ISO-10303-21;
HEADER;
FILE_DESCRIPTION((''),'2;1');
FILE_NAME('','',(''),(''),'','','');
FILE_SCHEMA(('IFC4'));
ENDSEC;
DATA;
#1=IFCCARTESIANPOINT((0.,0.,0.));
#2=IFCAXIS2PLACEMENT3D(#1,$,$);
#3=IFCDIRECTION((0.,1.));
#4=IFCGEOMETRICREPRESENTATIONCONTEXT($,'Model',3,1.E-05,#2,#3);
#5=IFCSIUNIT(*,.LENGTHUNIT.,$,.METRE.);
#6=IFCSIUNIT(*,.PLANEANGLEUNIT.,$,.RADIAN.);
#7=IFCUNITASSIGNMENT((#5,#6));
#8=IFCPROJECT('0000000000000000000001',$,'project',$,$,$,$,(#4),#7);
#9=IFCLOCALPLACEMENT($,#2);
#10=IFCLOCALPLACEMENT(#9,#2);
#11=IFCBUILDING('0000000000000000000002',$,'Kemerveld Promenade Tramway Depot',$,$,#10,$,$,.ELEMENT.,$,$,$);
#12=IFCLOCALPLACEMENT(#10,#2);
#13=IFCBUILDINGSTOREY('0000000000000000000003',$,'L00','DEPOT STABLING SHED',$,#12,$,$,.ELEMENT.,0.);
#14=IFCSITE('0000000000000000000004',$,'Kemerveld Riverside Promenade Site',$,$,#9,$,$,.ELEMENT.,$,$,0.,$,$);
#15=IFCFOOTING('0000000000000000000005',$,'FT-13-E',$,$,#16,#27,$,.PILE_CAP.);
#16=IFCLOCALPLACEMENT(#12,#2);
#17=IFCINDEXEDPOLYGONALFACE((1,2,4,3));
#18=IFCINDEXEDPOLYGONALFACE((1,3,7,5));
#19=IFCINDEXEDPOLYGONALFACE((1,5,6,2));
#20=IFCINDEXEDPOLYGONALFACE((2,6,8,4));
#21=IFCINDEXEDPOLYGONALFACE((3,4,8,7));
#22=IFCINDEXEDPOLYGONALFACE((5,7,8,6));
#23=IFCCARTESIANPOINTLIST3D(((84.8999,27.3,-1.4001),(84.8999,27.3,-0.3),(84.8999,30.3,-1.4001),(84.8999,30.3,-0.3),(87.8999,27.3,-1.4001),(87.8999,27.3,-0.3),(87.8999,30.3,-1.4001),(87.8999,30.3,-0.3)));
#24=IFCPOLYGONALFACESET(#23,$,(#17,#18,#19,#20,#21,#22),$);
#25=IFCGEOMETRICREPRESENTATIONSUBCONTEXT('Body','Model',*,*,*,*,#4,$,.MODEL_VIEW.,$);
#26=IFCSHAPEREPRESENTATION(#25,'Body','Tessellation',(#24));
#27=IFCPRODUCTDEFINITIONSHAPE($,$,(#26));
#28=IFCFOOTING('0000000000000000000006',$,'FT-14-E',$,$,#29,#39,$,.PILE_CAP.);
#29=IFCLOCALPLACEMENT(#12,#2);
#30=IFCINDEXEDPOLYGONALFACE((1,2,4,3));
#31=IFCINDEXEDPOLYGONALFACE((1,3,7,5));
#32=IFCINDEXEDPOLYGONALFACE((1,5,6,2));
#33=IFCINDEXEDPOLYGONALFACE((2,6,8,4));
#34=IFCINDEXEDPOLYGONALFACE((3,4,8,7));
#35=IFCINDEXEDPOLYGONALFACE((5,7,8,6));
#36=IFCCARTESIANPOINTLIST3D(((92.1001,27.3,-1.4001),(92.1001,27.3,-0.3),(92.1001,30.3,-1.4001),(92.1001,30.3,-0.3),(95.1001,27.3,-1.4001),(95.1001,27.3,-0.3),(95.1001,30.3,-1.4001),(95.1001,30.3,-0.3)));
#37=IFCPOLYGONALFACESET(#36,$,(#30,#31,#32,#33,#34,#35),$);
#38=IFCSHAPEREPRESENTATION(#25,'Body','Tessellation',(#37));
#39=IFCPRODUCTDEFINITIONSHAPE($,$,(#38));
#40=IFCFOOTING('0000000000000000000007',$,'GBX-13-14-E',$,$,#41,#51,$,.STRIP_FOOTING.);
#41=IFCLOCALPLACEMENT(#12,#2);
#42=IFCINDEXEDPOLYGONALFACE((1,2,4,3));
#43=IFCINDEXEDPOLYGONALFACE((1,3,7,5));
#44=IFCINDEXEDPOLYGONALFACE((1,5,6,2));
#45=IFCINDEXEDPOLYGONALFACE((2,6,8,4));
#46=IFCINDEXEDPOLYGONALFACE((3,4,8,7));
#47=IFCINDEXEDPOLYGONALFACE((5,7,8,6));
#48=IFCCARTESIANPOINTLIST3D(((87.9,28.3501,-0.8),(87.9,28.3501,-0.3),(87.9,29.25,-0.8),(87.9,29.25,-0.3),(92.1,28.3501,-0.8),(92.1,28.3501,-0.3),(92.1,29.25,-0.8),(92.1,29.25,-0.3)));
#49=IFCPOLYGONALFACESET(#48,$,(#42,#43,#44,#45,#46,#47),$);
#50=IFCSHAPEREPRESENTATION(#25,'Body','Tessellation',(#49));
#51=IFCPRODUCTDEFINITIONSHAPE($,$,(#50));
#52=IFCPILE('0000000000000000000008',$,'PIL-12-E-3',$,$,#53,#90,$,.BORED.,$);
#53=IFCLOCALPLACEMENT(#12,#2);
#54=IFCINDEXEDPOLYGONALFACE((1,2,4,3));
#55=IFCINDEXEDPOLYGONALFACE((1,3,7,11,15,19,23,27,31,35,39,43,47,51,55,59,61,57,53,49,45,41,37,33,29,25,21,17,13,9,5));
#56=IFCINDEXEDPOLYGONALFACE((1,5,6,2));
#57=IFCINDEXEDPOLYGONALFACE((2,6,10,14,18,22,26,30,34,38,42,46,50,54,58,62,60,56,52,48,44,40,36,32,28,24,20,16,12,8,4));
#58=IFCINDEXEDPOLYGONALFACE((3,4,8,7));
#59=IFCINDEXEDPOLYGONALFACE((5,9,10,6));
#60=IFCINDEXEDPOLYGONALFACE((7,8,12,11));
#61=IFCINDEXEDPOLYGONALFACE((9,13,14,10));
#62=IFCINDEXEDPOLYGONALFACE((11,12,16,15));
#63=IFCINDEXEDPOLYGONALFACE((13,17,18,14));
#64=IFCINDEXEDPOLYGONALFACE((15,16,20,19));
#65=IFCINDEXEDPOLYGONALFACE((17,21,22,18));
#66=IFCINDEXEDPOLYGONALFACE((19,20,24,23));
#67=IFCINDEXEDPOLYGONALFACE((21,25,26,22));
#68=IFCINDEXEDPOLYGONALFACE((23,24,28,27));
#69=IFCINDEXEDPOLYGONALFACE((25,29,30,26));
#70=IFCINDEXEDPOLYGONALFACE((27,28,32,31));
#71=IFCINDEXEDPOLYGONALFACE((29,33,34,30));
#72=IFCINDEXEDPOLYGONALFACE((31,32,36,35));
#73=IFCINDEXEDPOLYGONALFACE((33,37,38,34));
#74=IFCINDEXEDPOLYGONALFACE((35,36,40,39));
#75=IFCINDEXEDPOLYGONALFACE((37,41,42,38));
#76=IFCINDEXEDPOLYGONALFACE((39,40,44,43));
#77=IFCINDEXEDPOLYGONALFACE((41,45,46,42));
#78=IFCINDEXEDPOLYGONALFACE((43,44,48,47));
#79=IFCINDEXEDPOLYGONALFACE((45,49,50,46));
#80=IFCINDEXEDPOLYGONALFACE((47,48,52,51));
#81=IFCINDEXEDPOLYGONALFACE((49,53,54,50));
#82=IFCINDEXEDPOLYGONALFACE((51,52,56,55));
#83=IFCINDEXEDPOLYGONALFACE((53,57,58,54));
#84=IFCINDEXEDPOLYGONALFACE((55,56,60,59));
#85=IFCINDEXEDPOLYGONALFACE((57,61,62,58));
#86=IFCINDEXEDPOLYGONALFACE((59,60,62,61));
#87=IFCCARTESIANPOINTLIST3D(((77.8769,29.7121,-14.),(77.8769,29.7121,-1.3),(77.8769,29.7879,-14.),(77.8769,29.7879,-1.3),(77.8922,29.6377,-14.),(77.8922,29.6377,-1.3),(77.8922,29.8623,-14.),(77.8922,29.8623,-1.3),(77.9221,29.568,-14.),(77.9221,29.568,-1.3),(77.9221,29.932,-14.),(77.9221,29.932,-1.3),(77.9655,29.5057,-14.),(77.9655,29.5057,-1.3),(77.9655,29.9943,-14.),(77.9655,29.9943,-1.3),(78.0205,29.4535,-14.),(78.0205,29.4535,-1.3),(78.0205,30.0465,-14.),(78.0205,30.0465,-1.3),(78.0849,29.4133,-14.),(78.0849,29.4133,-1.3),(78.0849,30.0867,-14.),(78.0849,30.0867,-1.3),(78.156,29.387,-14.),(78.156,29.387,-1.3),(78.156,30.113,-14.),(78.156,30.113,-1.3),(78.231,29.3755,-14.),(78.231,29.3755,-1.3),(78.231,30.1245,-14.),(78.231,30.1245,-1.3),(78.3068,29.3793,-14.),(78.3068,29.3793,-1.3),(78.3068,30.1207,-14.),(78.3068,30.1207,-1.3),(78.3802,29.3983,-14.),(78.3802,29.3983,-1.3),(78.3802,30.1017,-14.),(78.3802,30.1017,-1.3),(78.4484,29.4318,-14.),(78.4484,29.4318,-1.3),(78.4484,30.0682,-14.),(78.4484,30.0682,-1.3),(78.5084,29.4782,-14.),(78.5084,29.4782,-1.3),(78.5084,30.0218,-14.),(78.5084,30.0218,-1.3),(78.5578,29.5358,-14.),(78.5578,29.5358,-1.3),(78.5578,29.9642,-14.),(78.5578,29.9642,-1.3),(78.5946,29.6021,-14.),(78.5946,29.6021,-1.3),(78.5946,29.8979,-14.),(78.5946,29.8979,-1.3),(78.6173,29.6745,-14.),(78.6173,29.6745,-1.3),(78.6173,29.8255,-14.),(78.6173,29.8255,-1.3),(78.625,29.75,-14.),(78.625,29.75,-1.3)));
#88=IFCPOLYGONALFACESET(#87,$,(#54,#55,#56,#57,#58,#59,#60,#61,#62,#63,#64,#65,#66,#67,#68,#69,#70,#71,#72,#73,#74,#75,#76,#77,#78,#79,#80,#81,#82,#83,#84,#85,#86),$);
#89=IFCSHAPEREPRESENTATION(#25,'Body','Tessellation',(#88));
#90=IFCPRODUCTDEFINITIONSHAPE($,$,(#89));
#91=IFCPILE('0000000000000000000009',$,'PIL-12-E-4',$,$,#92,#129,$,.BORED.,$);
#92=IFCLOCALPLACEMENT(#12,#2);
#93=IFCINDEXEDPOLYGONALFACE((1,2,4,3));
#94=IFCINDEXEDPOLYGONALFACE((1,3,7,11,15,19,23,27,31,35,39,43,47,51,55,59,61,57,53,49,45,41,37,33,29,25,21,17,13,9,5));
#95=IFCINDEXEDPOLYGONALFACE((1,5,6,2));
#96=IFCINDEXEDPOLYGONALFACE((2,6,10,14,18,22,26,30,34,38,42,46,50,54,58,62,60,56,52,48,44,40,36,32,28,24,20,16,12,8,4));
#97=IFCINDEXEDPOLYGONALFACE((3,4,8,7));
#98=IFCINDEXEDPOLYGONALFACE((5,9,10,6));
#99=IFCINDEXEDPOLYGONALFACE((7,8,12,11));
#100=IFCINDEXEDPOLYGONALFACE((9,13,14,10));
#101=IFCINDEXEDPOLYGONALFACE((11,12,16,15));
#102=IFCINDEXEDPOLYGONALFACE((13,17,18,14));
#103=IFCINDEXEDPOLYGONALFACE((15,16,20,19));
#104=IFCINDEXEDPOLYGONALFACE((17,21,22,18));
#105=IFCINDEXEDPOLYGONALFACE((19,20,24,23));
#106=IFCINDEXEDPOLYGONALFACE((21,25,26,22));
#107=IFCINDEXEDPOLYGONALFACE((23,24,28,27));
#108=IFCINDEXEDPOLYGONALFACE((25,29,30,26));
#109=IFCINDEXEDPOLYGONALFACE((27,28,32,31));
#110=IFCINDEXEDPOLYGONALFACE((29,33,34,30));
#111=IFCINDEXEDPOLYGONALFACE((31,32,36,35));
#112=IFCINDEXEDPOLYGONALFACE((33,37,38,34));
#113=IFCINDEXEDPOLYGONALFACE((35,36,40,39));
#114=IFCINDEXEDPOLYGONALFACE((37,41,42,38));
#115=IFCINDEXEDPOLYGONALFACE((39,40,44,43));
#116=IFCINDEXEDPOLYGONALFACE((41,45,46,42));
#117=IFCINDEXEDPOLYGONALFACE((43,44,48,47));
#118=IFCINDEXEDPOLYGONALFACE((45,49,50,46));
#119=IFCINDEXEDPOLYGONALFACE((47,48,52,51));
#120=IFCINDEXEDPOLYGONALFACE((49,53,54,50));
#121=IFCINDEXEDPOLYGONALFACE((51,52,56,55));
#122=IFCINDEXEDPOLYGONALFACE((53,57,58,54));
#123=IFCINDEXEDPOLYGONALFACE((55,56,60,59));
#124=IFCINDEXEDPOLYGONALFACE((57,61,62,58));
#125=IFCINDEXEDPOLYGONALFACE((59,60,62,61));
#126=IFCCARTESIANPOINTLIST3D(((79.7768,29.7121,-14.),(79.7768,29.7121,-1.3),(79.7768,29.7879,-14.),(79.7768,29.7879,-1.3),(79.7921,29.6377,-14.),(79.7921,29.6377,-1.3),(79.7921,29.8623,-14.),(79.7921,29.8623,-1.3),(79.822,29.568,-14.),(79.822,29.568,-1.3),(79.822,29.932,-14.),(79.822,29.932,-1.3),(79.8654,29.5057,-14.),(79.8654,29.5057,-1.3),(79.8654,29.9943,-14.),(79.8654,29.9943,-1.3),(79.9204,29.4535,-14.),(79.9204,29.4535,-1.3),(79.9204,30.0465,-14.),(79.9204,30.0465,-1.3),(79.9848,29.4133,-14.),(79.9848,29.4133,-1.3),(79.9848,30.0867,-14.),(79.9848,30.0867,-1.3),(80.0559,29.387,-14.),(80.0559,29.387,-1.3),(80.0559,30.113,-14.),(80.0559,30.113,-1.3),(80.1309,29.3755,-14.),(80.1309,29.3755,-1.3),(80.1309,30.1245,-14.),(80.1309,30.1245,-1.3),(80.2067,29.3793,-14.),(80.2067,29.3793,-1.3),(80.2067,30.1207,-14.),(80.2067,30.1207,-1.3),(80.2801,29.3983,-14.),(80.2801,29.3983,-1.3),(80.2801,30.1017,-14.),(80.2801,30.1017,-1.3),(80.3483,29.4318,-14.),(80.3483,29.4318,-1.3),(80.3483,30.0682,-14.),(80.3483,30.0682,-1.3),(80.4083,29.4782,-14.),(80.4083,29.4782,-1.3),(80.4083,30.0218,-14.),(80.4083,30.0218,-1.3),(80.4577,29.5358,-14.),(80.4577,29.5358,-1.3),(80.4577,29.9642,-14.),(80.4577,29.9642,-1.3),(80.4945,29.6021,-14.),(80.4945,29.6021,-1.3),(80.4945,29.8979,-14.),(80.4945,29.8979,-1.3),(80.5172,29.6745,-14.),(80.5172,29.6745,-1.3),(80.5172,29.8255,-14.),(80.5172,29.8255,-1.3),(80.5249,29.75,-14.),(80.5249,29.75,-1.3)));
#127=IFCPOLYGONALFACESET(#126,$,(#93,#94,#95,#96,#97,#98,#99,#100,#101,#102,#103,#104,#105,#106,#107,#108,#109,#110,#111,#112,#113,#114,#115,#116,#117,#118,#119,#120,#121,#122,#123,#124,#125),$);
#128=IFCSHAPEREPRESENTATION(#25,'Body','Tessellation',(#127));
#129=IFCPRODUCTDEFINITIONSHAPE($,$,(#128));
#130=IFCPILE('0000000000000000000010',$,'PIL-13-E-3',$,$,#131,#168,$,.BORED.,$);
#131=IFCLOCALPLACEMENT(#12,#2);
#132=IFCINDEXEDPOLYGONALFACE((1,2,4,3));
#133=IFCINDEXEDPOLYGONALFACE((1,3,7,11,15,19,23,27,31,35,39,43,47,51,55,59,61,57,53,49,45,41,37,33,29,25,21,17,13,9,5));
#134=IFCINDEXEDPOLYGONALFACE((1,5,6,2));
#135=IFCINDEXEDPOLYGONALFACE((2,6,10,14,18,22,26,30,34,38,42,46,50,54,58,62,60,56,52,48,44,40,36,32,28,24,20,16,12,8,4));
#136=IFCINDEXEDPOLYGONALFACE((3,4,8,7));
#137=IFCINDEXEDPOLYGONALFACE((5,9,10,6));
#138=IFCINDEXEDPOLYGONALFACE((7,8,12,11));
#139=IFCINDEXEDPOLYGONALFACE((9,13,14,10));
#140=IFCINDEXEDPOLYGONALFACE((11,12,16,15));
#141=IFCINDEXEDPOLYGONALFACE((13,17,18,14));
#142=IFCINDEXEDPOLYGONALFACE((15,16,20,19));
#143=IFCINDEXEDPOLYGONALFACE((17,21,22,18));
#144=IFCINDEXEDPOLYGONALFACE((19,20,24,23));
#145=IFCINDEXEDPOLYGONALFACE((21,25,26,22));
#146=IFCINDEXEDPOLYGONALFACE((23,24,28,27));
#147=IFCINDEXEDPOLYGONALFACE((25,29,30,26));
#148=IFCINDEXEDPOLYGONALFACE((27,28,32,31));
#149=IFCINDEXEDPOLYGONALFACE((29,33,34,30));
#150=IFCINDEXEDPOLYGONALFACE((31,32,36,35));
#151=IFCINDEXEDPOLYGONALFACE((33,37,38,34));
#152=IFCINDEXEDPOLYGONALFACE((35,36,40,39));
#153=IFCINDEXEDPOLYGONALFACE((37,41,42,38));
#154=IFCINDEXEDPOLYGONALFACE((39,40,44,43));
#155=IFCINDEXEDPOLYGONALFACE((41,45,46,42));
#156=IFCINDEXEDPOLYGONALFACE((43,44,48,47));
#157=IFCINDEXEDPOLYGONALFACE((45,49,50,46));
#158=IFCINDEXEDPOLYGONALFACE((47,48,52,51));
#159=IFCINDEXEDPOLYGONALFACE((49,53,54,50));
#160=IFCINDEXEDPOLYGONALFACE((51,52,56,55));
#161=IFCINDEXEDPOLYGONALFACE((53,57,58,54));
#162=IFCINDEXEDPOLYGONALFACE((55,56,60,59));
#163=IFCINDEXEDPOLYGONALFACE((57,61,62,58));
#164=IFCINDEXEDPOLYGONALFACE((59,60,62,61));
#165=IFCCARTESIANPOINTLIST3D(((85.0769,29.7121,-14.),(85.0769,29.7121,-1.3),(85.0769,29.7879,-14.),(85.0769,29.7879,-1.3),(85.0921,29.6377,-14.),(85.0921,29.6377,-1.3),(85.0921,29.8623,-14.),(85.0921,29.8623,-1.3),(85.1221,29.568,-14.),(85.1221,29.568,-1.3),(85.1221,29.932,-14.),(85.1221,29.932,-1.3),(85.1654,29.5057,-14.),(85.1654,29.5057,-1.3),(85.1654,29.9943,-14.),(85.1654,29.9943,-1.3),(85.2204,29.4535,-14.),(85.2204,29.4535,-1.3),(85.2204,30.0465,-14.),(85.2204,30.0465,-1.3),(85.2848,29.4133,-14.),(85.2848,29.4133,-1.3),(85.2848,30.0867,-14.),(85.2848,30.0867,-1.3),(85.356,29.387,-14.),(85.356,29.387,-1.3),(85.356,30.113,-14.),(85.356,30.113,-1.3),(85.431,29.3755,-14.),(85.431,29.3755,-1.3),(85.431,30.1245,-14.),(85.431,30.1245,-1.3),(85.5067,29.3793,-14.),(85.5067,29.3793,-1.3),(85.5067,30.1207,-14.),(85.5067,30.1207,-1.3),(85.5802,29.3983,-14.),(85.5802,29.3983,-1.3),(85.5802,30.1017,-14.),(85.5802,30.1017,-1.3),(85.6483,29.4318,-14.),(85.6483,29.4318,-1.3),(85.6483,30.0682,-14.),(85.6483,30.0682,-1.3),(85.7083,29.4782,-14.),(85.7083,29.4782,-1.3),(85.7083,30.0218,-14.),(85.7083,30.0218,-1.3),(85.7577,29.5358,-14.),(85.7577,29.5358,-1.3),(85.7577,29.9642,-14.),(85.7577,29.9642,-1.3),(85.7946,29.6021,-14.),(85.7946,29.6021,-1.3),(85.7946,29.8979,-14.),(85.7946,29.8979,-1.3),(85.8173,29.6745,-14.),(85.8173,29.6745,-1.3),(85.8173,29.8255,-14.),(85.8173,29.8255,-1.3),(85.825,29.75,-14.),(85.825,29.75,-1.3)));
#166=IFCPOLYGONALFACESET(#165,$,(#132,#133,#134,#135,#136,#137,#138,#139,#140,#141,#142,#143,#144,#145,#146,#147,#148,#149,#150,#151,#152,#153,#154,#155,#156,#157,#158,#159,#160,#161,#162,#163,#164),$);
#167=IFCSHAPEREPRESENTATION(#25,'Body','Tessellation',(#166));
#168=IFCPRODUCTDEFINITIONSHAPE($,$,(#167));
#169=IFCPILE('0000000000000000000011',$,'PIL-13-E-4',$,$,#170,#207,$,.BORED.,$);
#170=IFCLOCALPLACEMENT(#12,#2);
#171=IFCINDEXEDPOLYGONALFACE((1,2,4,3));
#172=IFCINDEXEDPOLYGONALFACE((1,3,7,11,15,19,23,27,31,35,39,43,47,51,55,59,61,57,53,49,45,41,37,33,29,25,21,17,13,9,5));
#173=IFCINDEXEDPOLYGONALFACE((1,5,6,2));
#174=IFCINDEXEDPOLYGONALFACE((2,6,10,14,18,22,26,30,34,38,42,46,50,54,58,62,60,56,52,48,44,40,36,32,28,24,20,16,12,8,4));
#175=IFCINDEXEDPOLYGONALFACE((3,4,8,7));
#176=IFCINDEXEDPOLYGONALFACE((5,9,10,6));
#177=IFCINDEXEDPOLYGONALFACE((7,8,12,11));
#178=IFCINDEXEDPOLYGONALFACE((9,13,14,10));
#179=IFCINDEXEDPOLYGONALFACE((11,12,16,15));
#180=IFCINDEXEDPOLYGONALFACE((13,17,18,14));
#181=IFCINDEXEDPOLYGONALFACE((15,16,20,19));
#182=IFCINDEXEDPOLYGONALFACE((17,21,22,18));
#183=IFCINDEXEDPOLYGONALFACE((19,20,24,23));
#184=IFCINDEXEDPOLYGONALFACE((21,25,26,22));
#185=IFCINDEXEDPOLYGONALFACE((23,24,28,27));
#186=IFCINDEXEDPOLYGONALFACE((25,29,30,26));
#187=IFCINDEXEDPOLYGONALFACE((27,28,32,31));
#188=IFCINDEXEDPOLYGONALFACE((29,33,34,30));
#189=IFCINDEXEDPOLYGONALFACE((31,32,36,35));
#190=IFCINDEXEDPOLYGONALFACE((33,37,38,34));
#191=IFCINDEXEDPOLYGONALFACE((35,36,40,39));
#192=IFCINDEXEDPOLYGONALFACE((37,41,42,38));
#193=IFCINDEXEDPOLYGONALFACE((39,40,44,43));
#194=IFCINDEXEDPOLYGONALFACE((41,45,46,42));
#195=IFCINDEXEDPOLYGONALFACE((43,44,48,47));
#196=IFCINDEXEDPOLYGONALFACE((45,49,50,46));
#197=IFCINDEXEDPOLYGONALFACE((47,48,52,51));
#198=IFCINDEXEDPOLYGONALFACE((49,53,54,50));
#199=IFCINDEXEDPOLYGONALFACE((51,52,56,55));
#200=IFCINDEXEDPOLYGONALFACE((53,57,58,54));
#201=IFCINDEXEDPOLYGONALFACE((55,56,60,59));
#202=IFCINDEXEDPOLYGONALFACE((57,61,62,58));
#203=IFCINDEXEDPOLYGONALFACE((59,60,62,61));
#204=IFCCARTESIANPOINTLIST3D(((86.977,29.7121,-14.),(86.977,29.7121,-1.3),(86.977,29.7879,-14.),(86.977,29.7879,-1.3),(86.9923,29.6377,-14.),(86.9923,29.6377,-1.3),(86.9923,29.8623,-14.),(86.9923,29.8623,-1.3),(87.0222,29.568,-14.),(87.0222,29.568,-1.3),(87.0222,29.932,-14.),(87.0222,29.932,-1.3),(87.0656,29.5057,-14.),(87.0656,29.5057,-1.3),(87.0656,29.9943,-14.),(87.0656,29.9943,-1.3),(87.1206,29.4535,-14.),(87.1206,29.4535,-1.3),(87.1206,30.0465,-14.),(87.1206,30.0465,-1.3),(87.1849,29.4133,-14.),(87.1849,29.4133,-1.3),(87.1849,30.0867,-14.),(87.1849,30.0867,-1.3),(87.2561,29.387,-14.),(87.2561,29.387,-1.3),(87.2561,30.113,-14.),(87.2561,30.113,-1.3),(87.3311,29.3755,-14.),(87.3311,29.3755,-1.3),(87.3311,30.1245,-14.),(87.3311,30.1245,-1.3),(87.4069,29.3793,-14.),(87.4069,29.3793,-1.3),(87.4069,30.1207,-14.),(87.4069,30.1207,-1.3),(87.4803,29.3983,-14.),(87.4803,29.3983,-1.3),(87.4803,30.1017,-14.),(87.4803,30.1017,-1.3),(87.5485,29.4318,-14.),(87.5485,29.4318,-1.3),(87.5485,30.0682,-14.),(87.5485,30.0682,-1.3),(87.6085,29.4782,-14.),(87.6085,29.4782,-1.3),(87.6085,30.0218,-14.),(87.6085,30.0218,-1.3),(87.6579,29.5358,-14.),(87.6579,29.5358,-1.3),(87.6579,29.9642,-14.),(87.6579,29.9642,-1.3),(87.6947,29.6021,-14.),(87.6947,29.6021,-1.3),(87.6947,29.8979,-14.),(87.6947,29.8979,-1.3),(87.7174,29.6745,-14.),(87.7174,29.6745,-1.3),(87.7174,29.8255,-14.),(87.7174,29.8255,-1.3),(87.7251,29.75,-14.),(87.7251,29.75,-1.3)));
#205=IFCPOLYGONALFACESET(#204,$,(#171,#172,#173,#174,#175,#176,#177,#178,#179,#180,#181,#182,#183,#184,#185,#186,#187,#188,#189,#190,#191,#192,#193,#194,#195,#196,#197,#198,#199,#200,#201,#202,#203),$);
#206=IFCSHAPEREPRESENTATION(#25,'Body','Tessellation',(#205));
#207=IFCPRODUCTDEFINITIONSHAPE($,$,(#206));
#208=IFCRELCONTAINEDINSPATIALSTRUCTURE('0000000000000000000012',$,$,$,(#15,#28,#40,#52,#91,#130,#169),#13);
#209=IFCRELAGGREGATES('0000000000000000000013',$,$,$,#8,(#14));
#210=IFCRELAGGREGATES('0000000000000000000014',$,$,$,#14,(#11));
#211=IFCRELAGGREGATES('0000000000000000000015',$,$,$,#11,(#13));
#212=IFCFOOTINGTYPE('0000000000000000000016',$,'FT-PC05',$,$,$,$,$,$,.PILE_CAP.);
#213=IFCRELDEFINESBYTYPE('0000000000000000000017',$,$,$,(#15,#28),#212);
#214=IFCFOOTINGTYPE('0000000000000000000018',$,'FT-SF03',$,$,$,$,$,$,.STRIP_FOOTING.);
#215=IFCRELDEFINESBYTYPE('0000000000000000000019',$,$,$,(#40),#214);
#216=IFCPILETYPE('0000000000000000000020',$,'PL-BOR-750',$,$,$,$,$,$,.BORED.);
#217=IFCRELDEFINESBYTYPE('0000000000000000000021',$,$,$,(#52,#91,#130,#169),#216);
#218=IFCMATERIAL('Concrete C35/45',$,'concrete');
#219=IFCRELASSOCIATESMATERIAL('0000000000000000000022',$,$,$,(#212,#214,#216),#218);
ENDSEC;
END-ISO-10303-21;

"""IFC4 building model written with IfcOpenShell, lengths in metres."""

from ifc_helpers import new_model, si_unit, direction, frame, origin, origin_2d, place, context, subcontext, project, spatial, rectangle, circle, extrude, material, material_profile, profile_set, type_object, element, save


model = new_model("IFC4")

# Units and contexts
model_context = context("Model", 3, precision=1e-05, world=origin(), true_north=direction((0.0, 1.0)))
body_context = subcontext(model_context, "Body", "Model", "MODEL_VIEW")
ifc_project = project(units=[si_unit("LENGTHUNIT", "METRE"), si_unit("PLANEANGLEUNIT", "RADIAN")], contexts=[model_context])

# Site, building, storey
site_placement = place(None, origin())
site = spatial("IfcSite", under=ifc_project, at=site_placement, Name="Kemerveld Riverside Promenade Site", CompositionType="ELEMENT", RefElevation=0.0)
building_placement = place(site_placement, origin())
building = spatial("IfcBuilding", under=site, at=building_placement, Name="Kemerveld Promenade Tramway Depot", CompositionType="ELEMENT")
storey_placement = place(building_placement, origin())
storey = spatial("IfcBuildingStorey", under=building, at=storey_placement, Name="L00", Description="DEPOT STABLING SHED", CompositionType="ELEMENT", Elevation=0.0)

# Footings
ifc_material_1 = material(Name="Concrete C35/45", Category="concrete")
footing_type_1 = type_object("IfcFootingType", Name="FT-PC05", PredefinedType="PILE_CAP", material=ifc_material_1)
for number, where, z_axis, x_axis, name in (
    (1, (86.3999, 28.8, -1.4001), (0.0, 0.0, 1.0), (1.0, 0.0, 0.0), "FT-13-E"),
    (2, (93.6001, 28.8, -1.4001), (0.0, 0.0, 1.0), (1.0, 0.0, 0.0), "FT-14-E"),
):
    element("IfcFooting", number, at=place(storey_placement, frame(where, z_axis=z_axis, x_axis=x_axis)), inside=storey, type_object=footing_type_1, Name=name, PredefinedType="PILE_CAP", context=body_context, shape_type="SweptSolid", body=[
        extrude(rectangle(XDim=3.0, YDim=3.0, at=origin_2d()), origin(), (0.0, 0.0, 1.0), 1.1001),
    ])
footing_type_2 = type_object("IfcFootingType", Name="FT-SF03", PredefinedType="STRIP_FOOTING", material=ifc_material_1)
footing_placement = place(storey_placement, frame((90.0, 28.8, -0.8), z_axis=(0.0, 0.0, 1.0), x_axis=(1.0, 0.0, 0.0)))
element("IfcFooting", 3, at=footing_placement, inside=storey, type_object=footing_type_2, Name="GBX-13-14-E", PredefinedType="STRIP_FOOTING", context=body_context, shape_type="SweptSolid", body=[
    extrude(rectangle(XDim=4.2, YDim=0.8999, at=origin_2d()), origin(), (0.0, 0.0, 1.0), 0.5),
])

# Piles
ifc_material_profile_1 = material_profile(ifc_material_1, circle(Radius=0.375, at=origin_2d()), Name="PILE-D750")
ifc_profile_set_1 = profile_set([ifc_material_profile_1], Name="Concrete C35/45")
pile_type = type_object("IfcPileType", Name="PL-BOR-750", PredefinedType="BORED", material=ifc_profile_set_1)
for number, where, z_axis, x_axis, name in (
    (4, (78.25, 29.75, -1.3), (0.0, 0.0, -1.0), (1.0, 0.0, 0.0), "PIL-12-E-3"),
    (5, (80.1499, 29.75, -1.3), (0.0, 0.0, -1.0), (1.0, 0.0, 0.0), "PIL-12-E-4"),
    (6, (85.45, 29.75, -1.3), (0.0, 0.0, -1.0), (1.0, 0.0, 0.0), "PIL-13-E-3"),
    (7, (87.3501, 29.75, -1.3), (0.0, 0.0, -1.0), (1.0, 0.0, 0.0), "PIL-13-E-4"),
):
    element("IfcPile", number, at=place(storey_placement, frame(where, z_axis=z_axis, x_axis=x_axis)), inside=storey, type_object=pile_type, Name=name, PredefinedType="BORED", context=body_context, shape_type="SweptSolid", body=[
        extrude(circle(Radius=0.375, at=origin_2d()), origin(), (0.0, 0.0, 1.0), 12.7),
    ])

save(model, "model.ifc")
